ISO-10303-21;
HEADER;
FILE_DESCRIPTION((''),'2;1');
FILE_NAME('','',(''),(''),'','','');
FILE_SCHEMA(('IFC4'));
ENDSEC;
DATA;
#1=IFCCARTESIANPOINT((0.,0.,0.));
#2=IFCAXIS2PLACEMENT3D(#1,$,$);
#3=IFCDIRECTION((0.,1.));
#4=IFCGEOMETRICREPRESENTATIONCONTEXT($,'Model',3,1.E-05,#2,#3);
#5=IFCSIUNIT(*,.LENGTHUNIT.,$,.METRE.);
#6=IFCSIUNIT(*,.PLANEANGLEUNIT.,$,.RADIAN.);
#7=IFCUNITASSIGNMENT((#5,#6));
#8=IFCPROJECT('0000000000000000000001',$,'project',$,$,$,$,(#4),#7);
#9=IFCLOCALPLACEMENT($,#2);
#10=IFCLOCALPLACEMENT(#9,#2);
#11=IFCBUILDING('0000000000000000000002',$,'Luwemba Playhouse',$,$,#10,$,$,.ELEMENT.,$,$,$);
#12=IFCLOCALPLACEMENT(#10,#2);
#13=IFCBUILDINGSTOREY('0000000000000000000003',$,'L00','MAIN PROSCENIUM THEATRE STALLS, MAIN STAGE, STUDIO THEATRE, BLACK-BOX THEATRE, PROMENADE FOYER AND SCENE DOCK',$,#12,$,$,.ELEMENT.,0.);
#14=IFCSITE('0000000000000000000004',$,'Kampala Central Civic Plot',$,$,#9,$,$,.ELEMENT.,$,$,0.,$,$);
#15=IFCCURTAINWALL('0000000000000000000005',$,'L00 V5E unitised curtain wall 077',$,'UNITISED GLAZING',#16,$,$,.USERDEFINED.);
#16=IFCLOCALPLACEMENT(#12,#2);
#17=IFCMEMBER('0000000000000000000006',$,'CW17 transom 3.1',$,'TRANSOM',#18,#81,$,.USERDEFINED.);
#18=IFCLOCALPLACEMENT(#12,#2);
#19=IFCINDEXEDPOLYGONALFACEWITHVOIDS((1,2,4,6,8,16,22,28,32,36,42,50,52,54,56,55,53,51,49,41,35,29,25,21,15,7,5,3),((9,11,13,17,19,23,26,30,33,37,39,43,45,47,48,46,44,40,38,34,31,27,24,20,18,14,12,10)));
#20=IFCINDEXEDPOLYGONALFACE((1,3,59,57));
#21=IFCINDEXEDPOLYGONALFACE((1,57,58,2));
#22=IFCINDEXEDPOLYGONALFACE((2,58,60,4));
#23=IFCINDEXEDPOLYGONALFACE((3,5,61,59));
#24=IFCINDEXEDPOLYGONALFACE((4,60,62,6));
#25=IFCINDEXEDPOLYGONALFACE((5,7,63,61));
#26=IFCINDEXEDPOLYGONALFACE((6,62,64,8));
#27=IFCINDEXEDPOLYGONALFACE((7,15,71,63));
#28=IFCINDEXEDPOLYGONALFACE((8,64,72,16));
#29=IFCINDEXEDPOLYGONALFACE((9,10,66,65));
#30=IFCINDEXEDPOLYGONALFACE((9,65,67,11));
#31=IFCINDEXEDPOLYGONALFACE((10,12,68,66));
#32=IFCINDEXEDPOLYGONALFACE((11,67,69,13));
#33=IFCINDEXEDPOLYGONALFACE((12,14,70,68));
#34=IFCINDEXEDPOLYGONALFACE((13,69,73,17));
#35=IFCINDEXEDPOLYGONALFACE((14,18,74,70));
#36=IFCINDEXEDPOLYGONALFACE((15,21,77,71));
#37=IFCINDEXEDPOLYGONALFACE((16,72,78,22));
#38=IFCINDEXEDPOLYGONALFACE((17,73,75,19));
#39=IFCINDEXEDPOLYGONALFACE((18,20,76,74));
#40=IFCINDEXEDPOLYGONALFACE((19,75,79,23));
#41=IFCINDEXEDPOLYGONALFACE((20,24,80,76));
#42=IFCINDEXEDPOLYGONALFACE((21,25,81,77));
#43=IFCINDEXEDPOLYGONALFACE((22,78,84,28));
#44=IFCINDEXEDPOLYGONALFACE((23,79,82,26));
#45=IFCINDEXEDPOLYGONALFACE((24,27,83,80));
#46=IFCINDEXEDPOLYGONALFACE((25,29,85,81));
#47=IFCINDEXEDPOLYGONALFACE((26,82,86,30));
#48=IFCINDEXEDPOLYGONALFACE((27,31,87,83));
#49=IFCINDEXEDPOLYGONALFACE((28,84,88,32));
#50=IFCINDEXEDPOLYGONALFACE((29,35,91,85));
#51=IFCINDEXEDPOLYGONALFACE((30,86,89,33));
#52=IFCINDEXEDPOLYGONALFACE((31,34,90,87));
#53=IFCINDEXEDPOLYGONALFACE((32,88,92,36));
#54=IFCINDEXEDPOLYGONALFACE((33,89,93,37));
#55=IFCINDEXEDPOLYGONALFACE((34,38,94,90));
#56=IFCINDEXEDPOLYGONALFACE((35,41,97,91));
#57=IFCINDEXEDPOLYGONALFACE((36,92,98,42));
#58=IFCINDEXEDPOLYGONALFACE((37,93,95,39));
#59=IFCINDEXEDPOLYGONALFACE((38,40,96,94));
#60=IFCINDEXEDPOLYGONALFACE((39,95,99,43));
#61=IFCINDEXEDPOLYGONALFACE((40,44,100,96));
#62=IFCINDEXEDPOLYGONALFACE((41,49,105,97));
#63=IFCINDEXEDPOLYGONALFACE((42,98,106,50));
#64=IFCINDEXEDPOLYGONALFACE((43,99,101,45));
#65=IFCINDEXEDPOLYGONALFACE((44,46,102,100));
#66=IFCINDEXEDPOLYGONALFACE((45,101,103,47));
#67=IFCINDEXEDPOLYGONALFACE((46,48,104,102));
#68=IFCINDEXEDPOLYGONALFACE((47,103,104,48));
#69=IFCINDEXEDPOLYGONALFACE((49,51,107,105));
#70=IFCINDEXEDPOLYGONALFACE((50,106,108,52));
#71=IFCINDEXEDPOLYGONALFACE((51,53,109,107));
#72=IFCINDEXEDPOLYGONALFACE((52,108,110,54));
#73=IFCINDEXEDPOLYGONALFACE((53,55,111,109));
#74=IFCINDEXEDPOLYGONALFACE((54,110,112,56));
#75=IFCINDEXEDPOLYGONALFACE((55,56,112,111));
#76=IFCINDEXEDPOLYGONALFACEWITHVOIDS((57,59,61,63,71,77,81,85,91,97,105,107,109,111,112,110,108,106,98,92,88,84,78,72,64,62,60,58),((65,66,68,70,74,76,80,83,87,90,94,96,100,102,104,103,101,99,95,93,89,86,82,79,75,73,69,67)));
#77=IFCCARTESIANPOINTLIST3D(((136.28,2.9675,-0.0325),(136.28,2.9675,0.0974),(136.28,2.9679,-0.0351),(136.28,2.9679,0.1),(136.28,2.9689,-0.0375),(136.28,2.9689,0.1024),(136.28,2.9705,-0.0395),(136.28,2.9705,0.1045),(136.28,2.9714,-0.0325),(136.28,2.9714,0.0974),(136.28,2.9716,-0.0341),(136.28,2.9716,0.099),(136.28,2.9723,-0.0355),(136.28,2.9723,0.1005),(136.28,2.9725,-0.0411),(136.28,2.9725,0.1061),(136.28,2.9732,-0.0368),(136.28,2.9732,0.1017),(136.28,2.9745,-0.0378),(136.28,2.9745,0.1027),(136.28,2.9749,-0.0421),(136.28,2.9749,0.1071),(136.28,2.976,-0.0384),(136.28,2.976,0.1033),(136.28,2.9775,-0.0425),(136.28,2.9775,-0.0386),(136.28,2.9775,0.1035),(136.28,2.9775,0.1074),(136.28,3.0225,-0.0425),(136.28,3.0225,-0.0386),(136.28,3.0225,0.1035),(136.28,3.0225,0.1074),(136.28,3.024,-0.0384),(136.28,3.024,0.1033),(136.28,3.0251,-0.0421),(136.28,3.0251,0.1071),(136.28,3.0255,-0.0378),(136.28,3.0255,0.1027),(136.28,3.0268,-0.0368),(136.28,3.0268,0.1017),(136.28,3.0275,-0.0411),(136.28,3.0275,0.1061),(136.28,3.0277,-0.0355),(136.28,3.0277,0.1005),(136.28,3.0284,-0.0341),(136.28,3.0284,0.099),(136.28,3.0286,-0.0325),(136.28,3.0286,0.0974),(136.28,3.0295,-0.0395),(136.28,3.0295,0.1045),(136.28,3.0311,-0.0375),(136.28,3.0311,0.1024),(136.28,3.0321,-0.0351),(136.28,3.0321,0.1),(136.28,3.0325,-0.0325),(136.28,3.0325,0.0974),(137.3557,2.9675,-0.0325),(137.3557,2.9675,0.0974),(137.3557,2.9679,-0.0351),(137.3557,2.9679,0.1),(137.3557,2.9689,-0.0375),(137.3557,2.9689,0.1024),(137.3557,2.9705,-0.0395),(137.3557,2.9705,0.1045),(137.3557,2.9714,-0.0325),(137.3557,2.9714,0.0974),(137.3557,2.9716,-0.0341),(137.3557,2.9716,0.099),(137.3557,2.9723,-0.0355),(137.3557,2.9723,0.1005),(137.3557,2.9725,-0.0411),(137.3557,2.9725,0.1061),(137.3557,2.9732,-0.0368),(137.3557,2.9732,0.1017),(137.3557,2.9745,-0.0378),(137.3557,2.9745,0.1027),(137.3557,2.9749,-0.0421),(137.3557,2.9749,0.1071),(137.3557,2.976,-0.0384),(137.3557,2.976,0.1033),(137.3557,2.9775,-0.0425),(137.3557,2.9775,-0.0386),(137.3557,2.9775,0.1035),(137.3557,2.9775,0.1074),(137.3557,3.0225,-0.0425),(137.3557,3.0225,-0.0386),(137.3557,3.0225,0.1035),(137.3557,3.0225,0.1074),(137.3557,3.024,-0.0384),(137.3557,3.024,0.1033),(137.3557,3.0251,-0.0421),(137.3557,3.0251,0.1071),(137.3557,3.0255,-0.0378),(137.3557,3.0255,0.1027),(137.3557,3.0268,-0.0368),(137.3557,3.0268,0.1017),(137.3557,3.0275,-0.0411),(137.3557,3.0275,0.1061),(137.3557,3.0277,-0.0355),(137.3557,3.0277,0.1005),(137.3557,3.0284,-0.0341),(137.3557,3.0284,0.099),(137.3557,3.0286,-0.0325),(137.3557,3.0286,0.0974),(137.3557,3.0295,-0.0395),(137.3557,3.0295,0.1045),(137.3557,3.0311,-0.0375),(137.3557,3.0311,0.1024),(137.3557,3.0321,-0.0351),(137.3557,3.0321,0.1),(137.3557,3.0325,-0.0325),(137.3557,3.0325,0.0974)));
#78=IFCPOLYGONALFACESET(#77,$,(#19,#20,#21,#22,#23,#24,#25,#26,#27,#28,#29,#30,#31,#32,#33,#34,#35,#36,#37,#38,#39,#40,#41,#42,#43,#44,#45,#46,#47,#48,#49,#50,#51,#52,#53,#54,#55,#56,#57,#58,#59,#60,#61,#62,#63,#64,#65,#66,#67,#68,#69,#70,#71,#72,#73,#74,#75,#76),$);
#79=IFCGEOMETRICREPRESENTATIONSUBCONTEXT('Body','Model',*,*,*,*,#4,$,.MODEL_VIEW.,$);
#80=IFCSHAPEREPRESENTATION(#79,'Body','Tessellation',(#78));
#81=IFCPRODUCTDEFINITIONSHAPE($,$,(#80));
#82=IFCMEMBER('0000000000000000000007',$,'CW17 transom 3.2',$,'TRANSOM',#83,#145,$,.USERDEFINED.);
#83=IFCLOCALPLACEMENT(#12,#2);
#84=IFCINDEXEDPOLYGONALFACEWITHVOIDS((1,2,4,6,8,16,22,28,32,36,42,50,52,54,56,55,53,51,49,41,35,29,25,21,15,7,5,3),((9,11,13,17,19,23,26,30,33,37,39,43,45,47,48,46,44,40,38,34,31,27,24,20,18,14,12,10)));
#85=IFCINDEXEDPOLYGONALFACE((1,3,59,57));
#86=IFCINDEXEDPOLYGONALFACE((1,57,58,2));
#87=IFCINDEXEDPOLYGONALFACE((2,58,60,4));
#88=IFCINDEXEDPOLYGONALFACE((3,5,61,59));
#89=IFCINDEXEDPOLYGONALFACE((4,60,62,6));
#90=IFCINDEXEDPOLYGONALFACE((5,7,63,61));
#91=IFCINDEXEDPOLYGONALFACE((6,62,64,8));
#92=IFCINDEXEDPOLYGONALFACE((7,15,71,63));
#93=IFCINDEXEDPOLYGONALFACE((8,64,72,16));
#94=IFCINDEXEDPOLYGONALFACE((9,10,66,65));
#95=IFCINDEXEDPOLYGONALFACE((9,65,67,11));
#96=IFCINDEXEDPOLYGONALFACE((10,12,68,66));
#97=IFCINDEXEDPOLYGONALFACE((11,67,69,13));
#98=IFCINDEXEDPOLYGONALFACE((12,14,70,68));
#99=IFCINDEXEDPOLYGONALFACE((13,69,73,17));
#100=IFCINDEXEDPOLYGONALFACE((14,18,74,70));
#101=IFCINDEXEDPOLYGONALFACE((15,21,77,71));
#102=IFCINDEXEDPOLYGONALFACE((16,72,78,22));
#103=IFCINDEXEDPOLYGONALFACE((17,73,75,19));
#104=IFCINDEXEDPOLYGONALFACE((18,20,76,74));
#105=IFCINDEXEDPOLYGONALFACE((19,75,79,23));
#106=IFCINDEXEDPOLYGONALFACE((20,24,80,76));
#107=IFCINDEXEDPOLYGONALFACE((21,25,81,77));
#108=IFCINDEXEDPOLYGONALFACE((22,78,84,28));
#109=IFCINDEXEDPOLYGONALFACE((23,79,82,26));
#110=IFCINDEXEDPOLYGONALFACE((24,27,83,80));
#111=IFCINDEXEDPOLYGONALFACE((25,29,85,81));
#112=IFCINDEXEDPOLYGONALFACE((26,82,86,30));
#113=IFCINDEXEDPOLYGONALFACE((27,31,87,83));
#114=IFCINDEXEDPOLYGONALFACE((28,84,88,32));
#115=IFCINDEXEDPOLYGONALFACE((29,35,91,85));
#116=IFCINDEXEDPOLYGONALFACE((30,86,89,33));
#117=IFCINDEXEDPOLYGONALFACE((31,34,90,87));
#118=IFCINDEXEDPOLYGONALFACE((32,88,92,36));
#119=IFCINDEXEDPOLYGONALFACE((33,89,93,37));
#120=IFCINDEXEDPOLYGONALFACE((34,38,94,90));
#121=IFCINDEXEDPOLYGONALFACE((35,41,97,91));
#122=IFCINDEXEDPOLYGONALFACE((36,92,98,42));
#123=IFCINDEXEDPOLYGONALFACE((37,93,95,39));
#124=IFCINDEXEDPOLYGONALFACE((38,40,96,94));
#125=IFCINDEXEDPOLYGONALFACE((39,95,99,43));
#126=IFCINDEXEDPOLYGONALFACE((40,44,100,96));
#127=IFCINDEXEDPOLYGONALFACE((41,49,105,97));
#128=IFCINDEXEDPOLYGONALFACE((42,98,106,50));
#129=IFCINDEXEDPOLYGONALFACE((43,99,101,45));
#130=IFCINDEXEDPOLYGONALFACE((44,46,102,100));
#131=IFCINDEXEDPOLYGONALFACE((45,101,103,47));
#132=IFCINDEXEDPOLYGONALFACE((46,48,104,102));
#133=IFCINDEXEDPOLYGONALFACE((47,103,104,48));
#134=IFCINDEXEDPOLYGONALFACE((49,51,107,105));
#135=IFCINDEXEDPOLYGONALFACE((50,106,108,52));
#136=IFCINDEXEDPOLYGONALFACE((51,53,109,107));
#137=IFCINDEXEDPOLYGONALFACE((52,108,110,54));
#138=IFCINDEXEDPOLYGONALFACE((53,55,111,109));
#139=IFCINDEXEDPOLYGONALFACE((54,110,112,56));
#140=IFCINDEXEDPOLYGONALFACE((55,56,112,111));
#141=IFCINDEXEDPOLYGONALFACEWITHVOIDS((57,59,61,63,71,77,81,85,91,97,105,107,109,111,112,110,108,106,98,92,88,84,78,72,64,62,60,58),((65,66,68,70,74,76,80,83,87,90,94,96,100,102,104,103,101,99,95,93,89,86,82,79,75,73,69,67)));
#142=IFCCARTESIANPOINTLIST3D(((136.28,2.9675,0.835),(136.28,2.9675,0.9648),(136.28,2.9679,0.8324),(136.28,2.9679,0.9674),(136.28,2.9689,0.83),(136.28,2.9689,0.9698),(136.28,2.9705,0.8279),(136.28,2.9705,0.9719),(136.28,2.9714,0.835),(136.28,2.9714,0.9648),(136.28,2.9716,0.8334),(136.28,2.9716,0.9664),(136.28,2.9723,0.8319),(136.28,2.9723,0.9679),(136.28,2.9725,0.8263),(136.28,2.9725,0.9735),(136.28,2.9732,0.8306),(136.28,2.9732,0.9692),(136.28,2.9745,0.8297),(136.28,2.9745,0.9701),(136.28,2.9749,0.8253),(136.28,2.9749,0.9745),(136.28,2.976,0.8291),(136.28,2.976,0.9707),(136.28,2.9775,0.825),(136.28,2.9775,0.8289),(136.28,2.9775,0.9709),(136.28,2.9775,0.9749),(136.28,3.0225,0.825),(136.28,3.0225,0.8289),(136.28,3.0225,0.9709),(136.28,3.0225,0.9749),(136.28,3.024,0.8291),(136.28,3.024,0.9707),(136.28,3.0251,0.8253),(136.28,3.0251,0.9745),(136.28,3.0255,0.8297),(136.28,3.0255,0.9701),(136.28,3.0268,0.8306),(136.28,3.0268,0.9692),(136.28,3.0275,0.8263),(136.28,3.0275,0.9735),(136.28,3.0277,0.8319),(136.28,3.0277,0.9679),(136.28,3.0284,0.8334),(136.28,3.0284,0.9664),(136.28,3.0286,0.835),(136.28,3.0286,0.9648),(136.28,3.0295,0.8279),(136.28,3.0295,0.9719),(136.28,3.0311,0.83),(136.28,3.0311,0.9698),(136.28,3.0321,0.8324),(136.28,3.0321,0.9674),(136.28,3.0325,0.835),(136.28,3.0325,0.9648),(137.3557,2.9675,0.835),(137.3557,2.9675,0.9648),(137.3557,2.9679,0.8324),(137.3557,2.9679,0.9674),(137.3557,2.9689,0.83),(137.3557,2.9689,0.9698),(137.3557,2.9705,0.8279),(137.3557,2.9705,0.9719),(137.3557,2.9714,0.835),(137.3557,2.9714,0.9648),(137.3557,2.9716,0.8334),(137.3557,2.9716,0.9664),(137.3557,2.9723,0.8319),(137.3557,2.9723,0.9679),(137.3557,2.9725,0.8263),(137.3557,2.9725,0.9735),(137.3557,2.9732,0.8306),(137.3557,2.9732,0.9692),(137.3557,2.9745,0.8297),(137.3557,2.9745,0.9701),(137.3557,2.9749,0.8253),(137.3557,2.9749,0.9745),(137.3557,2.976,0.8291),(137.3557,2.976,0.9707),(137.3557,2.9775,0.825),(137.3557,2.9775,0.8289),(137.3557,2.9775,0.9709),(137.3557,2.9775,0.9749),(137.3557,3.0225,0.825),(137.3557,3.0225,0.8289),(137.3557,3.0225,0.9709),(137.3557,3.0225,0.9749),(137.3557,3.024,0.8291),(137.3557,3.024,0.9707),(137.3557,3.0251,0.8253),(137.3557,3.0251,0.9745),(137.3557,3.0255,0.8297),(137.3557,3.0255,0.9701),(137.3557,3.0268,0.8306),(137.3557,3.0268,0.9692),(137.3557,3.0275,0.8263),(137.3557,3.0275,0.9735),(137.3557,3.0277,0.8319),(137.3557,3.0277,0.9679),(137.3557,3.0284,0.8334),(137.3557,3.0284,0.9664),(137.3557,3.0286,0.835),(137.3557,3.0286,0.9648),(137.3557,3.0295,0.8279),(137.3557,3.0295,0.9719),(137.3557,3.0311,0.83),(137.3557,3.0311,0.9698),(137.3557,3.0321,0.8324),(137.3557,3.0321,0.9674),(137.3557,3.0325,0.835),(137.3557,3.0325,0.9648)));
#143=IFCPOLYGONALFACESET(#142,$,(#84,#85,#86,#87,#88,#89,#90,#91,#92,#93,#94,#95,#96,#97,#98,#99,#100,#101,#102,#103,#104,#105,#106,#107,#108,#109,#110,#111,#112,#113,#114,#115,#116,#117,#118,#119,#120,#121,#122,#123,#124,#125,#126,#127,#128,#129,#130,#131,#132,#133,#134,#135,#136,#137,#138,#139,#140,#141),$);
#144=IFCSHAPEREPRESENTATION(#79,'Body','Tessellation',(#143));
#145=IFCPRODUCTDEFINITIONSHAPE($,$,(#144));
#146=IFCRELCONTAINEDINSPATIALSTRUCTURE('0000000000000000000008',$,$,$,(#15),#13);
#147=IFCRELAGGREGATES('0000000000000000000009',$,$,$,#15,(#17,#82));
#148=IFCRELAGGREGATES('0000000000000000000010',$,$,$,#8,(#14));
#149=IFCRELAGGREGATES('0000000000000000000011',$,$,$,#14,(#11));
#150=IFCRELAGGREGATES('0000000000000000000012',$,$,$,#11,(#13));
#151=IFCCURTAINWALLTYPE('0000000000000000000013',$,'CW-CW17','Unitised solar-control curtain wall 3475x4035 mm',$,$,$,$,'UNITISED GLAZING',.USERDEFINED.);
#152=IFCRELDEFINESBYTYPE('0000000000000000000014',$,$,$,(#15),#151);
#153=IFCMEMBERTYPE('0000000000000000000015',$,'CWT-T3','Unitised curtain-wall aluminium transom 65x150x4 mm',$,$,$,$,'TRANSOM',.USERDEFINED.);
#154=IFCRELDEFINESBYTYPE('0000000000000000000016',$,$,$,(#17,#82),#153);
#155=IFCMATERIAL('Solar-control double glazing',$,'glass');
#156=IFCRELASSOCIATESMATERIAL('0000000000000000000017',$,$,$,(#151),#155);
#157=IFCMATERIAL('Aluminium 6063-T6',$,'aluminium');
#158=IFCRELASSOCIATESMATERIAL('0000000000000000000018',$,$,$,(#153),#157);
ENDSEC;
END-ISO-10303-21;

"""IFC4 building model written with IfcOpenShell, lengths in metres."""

from ifc_helpers import new_model, si_unit, direction, frame, origin, origin_2d, place, context, subcontext, project, spatial, hollow_rectangle, extrude, material, material_profile, profile_set, type_object, element, aggregate, save


model = new_model("IFC4")

# Units and contexts
model_context = context("Model", 3, precision=1e-05, world=origin(), true_north=direction((0.0, 1.0)))
body_context = subcontext(model_context, "Body", "Model", "MODEL_VIEW")
ifc_project = project(units=[si_unit("LENGTHUNIT", "METRE"), si_unit("PLANEANGLEUNIT", "RADIAN")], contexts=[model_context])

# Site, building, storey
site_placement = place(None, origin())
site = spatial("IfcSite", under=ifc_project, at=site_placement, Name="Kampala Central Civic Plot", CompositionType="ELEMENT", RefElevation=0.0)
building_placement = place(site_placement, origin())
building = spatial("IfcBuilding", under=site, at=building_placement, Name="Luwemba Playhouse", CompositionType="ELEMENT")
storey_placement = place(building_placement, origin())
storey = spatial("IfcBuildingStorey", under=building, at=storey_placement, Name="L00", Description="MAIN PROSCENIUM THEATRE STALLS, MAIN STAGE, STUDIO THEATRE, BLACK-BOX THEATRE, PROMENADE FOYER AND SCENE DOCK", CompositionType="ELEMENT", Elevation=0.0)

# Shared definitions
ifc_material_1 = material(Name="Solar-control double glazing", Category="glass")
ifc_material_2 = material(Name="Aluminium 6063-T6", Category="aluminium")

# Curtain wall, members
curtain_wall_type_1 = type_object("IfcCurtainWallType", Name="CW-CW17", Description="Unitised solar-control curtain wall 3475x4035 mm", ElementType="UNITISED GLAZING", PredefinedType="USERDEFINED", material=ifc_material_1)
curtain_wall_1_placement = place(storey_placement, origin())
curtain_wall_1 = element("IfcCurtainWall", 1, at=curtain_wall_1_placement, inside=storey, type_object=curtain_wall_type_1, Name="L00 V5E unitised curtain wall 077", ObjectType="UNITISED GLAZING", PredefinedType="USERDEFINED")
ifc_material_profile_1 = material_profile(ifc_material_2, hollow_rectangle(XDim=0.0649, YDim=0.1499, WallThickness=0.0039, InnerFilletRadius=0.0061, OuterFilletRadius=0.01, at=origin_2d()))
ifc_profile_set_1 = profile_set([ifc_material_profile_1], Name="Aluminium 6063-T6")
member_type_1 = type_object("IfcMemberType", Name="CWT-T3", Description="Unitised curtain-wall aluminium transom 65x150x4 mm", ElementType="TRANSOM", PredefinedType="USERDEFINED", material=ifc_profile_set_1)
member_1_placement = place(storey_placement, frame((137.3557, 3.0, 0.0325), z_axis=(-1.0, 0.0, 0.0), x_axis=(0.0, -1.0, 0.0)))
member_1 = element("IfcMember", 2, at=member_1_placement, type_object=member_type_1, Name="CW17 transom 3.1", ObjectType="TRANSOM", PredefinedType="USERDEFINED", context=body_context, shape_type="SweptSolid", body=[
    extrude(hollow_rectangle(XDim=0.0649, YDim=0.1499, WallThickness=0.0039, InnerFilletRadius=0.0061, OuterFilletRadius=0.01, at=origin_2d()), origin(), (0.0, 0.0, 1.0), 1.0757),
])
member_2_placement = place(storey_placement, frame((137.3557, 3.0, 0.8999), z_axis=(-1.0, 0.0, 0.0), x_axis=(0.0, -1.0, 0.0)))
member_2 = element("IfcMember", 3, at=member_2_placement, type_object=member_type_1, Name="CW17 transom 3.2", ObjectType="TRANSOM", PredefinedType="USERDEFINED", context=body_context, shape_type="SweptSolid", body=[
    extrude(hollow_rectangle(XDim=0.0649, YDim=0.1499, WallThickness=0.0039, InnerFilletRadius=0.0061, OuterFilletRadius=0.01, at=origin_2d()), origin(), (0.0, 0.0, 1.0), 1.0757),
])

aggregate(curtain_wall_1, [member_1, member_2])

save(model, "model.ifc")
